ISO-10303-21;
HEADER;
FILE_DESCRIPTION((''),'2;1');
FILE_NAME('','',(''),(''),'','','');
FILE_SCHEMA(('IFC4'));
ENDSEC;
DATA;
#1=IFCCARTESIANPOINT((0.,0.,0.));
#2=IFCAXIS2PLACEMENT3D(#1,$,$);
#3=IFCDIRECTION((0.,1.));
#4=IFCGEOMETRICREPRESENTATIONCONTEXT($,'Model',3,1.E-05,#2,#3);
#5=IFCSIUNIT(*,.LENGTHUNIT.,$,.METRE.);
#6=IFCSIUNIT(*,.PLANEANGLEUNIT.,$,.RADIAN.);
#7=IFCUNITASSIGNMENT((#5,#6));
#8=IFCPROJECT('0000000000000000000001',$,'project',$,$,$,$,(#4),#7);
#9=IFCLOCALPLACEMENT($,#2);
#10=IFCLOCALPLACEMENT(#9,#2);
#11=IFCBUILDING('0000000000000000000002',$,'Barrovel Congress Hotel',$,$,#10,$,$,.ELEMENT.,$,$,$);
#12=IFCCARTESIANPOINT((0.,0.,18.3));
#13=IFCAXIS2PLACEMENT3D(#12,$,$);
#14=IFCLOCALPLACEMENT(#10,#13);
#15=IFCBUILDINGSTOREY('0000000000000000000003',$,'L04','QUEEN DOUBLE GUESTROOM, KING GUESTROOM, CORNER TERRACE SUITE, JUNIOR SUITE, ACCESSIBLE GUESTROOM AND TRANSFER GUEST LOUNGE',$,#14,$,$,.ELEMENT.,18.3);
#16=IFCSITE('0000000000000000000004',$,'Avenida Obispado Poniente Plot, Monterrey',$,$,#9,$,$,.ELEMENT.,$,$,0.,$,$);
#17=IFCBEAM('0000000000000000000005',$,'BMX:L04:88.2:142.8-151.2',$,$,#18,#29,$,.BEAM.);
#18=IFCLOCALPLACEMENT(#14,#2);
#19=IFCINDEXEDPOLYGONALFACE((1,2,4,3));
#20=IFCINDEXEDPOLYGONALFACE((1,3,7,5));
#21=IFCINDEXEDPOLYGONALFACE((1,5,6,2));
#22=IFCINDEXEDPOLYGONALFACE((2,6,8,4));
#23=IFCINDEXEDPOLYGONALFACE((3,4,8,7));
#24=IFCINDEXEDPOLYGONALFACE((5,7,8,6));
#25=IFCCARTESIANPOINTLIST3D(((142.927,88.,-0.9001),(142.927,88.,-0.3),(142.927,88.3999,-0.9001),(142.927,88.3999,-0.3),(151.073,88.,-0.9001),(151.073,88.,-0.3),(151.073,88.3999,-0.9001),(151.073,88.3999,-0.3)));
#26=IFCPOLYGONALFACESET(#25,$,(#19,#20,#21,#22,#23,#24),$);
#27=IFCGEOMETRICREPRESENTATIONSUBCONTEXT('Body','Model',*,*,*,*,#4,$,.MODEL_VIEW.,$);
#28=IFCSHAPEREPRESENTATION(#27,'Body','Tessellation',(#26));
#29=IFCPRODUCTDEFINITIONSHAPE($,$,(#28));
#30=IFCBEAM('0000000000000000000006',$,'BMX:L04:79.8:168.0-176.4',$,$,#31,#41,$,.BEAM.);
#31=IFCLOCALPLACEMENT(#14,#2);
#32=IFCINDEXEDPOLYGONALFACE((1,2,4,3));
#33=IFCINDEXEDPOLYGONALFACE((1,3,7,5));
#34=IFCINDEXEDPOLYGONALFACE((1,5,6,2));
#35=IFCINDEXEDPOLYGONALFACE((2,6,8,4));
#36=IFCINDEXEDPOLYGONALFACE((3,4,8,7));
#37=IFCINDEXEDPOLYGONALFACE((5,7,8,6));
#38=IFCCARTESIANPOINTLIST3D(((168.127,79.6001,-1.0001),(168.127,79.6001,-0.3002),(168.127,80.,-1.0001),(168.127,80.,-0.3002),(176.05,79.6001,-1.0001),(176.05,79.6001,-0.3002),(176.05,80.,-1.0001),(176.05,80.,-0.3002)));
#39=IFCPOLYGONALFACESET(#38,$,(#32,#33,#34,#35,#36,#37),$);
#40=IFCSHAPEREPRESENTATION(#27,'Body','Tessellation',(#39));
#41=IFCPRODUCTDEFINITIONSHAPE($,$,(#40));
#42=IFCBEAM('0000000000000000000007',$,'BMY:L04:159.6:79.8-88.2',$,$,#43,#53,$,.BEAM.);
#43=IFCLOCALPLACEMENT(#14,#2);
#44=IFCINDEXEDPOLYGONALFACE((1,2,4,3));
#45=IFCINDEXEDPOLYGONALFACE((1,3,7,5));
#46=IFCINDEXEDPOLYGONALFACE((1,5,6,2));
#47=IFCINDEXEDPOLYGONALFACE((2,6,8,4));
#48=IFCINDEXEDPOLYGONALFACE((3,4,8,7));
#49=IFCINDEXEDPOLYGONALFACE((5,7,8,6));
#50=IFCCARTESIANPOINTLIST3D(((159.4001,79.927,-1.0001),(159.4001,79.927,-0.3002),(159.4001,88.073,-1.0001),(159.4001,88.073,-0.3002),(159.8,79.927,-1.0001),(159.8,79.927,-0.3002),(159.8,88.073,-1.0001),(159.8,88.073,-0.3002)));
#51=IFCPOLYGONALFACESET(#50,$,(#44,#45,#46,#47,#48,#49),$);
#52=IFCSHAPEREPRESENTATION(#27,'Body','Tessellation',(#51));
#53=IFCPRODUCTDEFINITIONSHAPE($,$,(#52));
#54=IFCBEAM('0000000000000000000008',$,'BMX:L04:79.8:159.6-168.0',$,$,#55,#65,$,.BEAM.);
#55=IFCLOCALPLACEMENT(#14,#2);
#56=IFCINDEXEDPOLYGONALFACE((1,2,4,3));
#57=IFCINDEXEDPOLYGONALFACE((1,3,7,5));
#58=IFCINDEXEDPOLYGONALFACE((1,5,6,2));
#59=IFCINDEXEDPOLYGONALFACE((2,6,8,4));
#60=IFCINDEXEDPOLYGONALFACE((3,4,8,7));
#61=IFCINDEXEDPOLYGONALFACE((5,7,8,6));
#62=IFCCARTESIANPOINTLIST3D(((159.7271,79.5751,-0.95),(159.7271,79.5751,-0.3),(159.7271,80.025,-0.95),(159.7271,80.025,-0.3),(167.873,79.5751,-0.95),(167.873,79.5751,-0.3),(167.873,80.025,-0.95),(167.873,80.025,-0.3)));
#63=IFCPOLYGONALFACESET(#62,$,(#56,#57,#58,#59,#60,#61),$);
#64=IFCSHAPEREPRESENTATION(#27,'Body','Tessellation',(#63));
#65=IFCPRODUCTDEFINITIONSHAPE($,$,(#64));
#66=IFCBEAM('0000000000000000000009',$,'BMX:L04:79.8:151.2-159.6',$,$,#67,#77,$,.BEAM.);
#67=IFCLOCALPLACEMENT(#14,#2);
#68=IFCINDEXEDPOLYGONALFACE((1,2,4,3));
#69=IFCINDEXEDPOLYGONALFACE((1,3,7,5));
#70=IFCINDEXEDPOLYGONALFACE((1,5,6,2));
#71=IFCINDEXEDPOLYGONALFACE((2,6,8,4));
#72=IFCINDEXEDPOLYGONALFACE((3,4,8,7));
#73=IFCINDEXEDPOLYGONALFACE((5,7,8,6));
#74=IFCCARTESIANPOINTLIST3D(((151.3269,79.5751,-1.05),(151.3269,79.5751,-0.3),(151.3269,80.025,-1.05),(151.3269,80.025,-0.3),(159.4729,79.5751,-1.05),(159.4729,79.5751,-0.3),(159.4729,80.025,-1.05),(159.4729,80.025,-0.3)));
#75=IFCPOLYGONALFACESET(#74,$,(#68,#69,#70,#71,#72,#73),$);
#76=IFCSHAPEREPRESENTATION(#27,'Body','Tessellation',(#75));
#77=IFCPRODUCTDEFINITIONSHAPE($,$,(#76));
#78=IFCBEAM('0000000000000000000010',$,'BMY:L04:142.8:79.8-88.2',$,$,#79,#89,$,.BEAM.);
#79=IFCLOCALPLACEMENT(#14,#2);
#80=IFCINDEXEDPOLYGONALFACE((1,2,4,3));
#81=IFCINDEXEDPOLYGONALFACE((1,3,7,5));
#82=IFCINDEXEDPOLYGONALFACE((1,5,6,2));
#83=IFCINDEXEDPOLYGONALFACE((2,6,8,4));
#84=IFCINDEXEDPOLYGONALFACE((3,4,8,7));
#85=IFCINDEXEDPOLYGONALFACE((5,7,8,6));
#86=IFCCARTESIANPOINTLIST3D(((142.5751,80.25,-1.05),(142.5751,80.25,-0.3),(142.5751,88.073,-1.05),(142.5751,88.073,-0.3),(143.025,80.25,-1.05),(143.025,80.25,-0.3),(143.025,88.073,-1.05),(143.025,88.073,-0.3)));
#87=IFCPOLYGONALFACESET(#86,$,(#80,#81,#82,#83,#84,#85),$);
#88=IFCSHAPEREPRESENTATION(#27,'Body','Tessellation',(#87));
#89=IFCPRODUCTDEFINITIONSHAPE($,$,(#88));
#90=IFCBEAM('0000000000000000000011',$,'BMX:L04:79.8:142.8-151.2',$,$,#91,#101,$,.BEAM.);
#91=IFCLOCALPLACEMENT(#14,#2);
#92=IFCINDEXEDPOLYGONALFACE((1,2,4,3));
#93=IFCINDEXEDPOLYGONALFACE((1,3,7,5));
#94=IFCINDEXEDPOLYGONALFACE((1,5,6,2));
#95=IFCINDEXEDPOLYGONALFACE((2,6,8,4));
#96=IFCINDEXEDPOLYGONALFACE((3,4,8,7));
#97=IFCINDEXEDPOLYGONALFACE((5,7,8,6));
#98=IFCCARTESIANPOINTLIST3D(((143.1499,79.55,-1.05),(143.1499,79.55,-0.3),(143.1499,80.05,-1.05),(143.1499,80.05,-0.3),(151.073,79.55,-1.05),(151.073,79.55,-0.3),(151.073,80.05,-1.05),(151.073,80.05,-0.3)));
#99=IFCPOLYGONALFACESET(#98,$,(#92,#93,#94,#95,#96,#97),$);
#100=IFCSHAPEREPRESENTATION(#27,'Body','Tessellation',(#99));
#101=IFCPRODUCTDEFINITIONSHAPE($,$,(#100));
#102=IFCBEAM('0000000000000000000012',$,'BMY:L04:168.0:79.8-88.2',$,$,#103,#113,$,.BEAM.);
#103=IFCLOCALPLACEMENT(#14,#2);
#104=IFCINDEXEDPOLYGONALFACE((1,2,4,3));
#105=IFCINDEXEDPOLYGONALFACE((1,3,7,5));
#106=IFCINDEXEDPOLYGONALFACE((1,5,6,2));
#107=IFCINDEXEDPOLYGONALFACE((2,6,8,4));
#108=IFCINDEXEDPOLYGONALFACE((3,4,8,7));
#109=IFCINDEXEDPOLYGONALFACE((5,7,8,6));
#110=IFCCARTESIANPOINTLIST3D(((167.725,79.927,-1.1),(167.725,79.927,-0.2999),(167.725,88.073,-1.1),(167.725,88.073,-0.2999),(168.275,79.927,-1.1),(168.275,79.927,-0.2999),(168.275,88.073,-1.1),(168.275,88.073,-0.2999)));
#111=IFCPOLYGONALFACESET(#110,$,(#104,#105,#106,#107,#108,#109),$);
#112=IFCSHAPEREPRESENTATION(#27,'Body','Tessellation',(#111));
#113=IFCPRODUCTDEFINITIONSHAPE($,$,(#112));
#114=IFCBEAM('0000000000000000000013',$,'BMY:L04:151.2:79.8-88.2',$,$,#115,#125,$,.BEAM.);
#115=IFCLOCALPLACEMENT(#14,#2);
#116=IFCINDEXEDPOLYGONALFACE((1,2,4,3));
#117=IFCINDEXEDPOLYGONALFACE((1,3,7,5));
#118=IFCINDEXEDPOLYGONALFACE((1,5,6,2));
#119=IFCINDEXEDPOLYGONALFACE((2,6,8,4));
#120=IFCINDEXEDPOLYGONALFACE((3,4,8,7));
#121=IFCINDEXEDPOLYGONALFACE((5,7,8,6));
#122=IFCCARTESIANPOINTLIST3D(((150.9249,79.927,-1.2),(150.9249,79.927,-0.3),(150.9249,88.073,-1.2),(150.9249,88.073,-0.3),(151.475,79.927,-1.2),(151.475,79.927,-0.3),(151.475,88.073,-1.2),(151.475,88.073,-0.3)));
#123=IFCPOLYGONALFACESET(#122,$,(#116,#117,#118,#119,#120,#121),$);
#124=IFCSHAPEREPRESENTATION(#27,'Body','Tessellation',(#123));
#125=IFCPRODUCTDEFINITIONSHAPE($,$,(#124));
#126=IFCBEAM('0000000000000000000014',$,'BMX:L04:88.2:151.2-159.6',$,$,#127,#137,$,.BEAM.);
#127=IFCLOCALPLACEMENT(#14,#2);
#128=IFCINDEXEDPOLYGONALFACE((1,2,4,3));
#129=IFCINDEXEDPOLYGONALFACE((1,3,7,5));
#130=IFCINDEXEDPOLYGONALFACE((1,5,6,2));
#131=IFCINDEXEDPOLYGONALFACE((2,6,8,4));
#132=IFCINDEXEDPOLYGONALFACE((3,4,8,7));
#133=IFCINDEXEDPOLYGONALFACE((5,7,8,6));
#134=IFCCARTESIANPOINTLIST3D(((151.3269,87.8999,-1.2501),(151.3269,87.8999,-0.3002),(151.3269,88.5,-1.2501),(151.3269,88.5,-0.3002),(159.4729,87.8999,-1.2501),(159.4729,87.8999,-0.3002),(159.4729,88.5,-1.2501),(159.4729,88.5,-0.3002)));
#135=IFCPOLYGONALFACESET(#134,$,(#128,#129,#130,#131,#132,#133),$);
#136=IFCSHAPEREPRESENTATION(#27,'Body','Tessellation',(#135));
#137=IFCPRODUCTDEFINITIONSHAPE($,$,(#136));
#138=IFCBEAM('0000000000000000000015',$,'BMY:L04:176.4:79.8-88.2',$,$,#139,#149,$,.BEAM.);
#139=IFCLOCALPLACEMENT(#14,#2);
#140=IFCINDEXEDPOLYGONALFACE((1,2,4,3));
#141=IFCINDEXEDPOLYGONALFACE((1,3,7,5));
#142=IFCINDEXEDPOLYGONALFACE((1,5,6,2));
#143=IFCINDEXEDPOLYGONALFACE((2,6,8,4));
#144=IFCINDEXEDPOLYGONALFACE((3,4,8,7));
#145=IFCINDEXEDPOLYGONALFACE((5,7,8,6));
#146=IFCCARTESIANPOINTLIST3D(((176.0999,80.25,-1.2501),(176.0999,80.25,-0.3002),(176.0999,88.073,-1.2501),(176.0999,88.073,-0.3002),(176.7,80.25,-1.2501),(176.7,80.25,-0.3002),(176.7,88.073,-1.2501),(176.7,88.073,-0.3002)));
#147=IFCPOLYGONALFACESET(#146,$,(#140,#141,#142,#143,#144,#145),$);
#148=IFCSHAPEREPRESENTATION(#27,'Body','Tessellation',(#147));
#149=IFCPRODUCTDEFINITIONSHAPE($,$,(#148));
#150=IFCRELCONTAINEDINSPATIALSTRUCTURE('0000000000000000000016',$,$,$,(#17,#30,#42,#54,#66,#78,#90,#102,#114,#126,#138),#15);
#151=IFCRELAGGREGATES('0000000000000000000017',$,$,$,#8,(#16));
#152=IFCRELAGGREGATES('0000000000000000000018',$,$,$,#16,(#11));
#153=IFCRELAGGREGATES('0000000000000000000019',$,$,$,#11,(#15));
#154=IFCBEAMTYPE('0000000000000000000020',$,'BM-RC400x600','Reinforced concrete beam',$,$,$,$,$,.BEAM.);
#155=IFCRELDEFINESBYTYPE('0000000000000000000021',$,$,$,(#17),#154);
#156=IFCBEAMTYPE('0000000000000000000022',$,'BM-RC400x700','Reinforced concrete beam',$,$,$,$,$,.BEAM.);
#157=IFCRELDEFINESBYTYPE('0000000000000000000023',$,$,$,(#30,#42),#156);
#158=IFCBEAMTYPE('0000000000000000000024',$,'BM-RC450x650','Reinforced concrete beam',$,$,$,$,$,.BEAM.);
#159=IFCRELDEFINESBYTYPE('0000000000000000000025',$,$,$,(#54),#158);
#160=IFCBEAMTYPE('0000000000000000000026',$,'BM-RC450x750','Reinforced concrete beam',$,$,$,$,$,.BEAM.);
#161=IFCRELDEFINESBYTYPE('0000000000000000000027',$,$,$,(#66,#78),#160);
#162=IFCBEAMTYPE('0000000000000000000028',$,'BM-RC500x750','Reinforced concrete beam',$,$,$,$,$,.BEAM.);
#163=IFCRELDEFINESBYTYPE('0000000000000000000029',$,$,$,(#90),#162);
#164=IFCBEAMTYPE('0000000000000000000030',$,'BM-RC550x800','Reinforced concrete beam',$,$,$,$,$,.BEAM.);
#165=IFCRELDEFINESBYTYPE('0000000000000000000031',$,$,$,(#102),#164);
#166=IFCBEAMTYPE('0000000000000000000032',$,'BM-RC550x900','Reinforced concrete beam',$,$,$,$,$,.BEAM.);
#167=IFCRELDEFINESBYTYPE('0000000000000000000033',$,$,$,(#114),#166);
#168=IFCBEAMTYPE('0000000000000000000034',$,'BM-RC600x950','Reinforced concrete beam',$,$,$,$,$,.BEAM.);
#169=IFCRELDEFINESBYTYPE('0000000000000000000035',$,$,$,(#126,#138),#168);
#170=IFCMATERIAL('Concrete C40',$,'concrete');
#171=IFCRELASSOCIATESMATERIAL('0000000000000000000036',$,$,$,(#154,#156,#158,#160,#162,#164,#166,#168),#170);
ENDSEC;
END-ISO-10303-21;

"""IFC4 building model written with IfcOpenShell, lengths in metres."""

from ifc_helpers import new_model, si_unit, direction, frame, origin, origin_2d, place, context, subcontext, project, spatial, rectangle, extrude, material, material_profile, profile_set, type_object, element, save


model = new_model("IFC4")

# Units and contexts
model_context = context("Model", 3, precision=1e-05, world=origin(), true_north=direction((0.0, 1.0)))
body_context = subcontext(model_context, "Body", "Model", "MODEL_VIEW")
ifc_project = project(units=[si_unit("LENGTHUNIT", "METRE"), si_unit("PLANEANGLEUNIT", "RADIAN")], contexts=[model_context])

# Site, building, storey
site_placement = place(None, origin())
site = spatial("IfcSite", under=ifc_project, at=site_placement, Name="Avenida Obispado Poniente Plot, Monterrey", CompositionType="ELEMENT", RefElevation=0.0)
building_placement = place(site_placement, origin())
building = spatial("IfcBuilding", under=site, at=building_placement, Name="Barrovel Congress Hotel", CompositionType="ELEMENT")
storey_placement = place(building_placement, frame((0.0, 0.0, 18.3)))
storey = spatial("IfcBuildingStorey", under=building, at=storey_placement, Name="L04", Description="QUEEN DOUBLE GUESTROOM, KING GUESTROOM, CORNER TERRACE SUITE, JUNIOR SUITE, ACCESSIBLE GUESTROOM AND TRANSFER GUEST LOUNGE", CompositionType="ELEMENT", Elevation=18.3)

# Beams
ifc_material_1 = material(Name="Concrete C40", Category="concrete")
ifc_material_profile_1 = material_profile(ifc_material_1, rectangle(XDim=0.3999, YDim=0.6001, at=origin_2d()), Name="RC400x600")
ifc_profile_set_1 = profile_set([ifc_material_profile_1], Name="Concrete C40")
beam_type_1 = type_object("IfcBeamType", Name="BM-RC400x600", Description="Reinforced concrete beam", PredefinedType="BEAM", material=ifc_profile_set_1)
beam_1_placement = place(storey_placement, frame((142.927, 88.2, -0.6001), z_axis=(1.0, 0.0, 0.0), x_axis=(0.0, 1.0, 0.0)))
element("IfcBeam", 1, at=beam_1_placement, inside=storey, type_object=beam_type_1, Name="BMX:L04:88.2:142.8-151.2", PredefinedType="BEAM", context=body_context, shape_type="SweptSolid", body=[
    extrude(rectangle(XDim=0.3999, YDim=0.6001, at=origin_2d()), origin(), (0.0, 0.0, 1.0), 8.146),
])
ifc_material_profile_2 = material_profile(ifc_material_1, rectangle(XDim=0.3999, YDim=0.7, at=origin_2d()), Name="RC400x700")
ifc_profile_set_2 = profile_set([ifc_material_profile_2], Name="Concrete C40")
beam_type_2 = type_object("IfcBeamType", Name="BM-RC400x700", Description="Reinforced concrete beam", PredefinedType="BEAM", material=ifc_profile_set_2)
beam_2_placement = place(storey_placement, frame((168.127, 79.8, -0.6501), z_axis=(1.0, 0.0, 0.0), x_axis=(0.0, 1.0, 0.0)))
element("IfcBeam", 2, at=beam_2_placement, inside=storey, type_object=beam_type_2, Name="BMX:L04:79.8:168.0-176.4", PredefinedType="BEAM", context=body_context, shape_type="SweptSolid", body=[
    extrude(rectangle(XDim=0.3999, YDim=0.7, at=origin_2d()), origin(), (0.0, 0.0, 1.0), 7.9231),
])
beam_3_placement = place(storey_placement, frame((159.6001, 79.927, -0.6501), z_axis=(0.0, 1.0, 0.0), x_axis=(-1.0, 0.0, 0.0)))
element("IfcBeam", 3, at=beam_3_placement, inside=storey, type_object=beam_type_2, Name="BMY:L04:159.6:79.8-88.2", PredefinedType="BEAM", context=body_context, shape_type="SweptSolid", body=[
    extrude(rectangle(XDim=0.3999, YDim=0.7, at=origin_2d()), origin(), (0.0, 0.0, 1.0), 8.146),
])
ifc_material_profile_3 = material_profile(ifc_material_1, rectangle(XDim=0.45, YDim=0.6499, at=origin_2d()), Name="RC450x650")
ifc_profile_set_3 = profile_set([ifc_material_profile_3], Name="Concrete C40")
beam_type_3 = type_object("IfcBeamType", Name="BM-RC450x650", Description="Reinforced concrete beam", PredefinedType="BEAM", material=ifc_profile_set_3)
beam_4_placement = place(storey_placement, frame((159.7271, 79.8, -0.625), z_axis=(1.0, 0.0, 0.0), x_axis=(0.0, 1.0, 0.0)))
element("IfcBeam", 4, at=beam_4_placement, inside=storey, type_object=beam_type_3, Name="BMX:L04:79.8:159.6-168.0", PredefinedType="BEAM", context=body_context, shape_type="SweptSolid", body=[
    extrude(rectangle(XDim=0.45, YDim=0.6499, at=origin_2d()), origin(), (0.0, 0.0, 1.0), 8.146),
])
ifc_material_profile_4 = material_profile(ifc_material_1, rectangle(XDim=0.45, YDim=0.75, at=origin_2d()), Name="RC450x750")
ifc_profile_set_4 = profile_set([ifc_material_profile_4], Name="Concrete C40")
beam_type_4 = type_object("IfcBeamType", Name="BM-RC450x750", Description="Reinforced concrete beam", PredefinedType="BEAM", material=ifc_profile_set_4)
beam_5_placement = place(storey_placement, frame((151.3269, 79.8, -0.675), z_axis=(1.0, 0.0, 0.0), x_axis=(0.0, 1.0, 0.0)))
element("IfcBeam", 5, at=beam_5_placement, inside=storey, type_object=beam_type_4, Name="BMX:L04:79.8:151.2-159.6", PredefinedType="BEAM", context=body_context, shape_type="SweptSolid", body=[
    extrude(rectangle(XDim=0.45, YDim=0.75, at=origin_2d()), origin(), (0.0, 0.0, 1.0), 8.146),
])
beam_6_placement = place(storey_placement, frame((142.8, 80.25, -0.675), z_axis=(0.0, 1.0, 0.0), x_axis=(-1.0, 0.0, 0.0)))
element("IfcBeam", 6, at=beam_6_placement, inside=storey, type_object=beam_type_4, Name="BMY:L04:142.8:79.8-88.2", PredefinedType="BEAM", context=body_context, shape_type="SweptSolid", body=[
    extrude(rectangle(XDim=0.45, YDim=0.75, at=origin_2d()), origin(), (0.0, 0.0, 1.0), 7.823),
])
ifc_material_profile_5 = material_profile(ifc_material_1, rectangle(XDim=0.5, YDim=0.75, at=origin_2d()), Name="RC500x750")
ifc_profile_set_5 = profile_set([ifc_material_profile_5], Name="Concrete C40")
beam_type_5 = type_object("IfcBeamType", Name="BM-RC500x750", Description="Reinforced concrete beam", PredefinedType="BEAM", material=ifc_profile_set_5)
beam_7_placement = place(storey_placement, frame((143.1499, 79.8, -0.675), z_axis=(1.0, 0.0, 0.0), x_axis=(0.0, 1.0, 0.0)))
element("IfcBeam", 7, at=beam_7_placement, inside=storey, type_object=beam_type_5, Name="BMX:L04:79.8:142.8-151.2", PredefinedType="BEAM", context=body_context, shape_type="SweptSolid", body=[
    extrude(rectangle(XDim=0.5, YDim=0.75, at=origin_2d()), origin(), (0.0, 0.0, 1.0), 7.9231),
])
ifc_material_profile_6 = material_profile(ifc_material_1, rectangle(XDim=0.55, YDim=0.8, at=origin_2d()), Name="RC550x800")
ifc_profile_set_6 = profile_set([ifc_material_profile_6], Name="Concrete C40")
beam_type_6 = type_object("IfcBeamType", Name="BM-RC550x800", Description="Reinforced concrete beam", PredefinedType="BEAM", material=ifc_profile_set_6)
beam_8_placement = place(storey_placement, frame((168.0, 79.927, -0.7), z_axis=(0.0, 1.0, 0.0), x_axis=(-1.0, 0.0, 0.0)))
element("IfcBeam", 8, at=beam_8_placement, inside=storey, type_object=beam_type_6, Name="BMY:L04:168.0:79.8-88.2", PredefinedType="BEAM", context=body_context, shape_type="SweptSolid", body=[
    extrude(rectangle(XDim=0.55, YDim=0.8, at=origin_2d()), origin(), (0.0, 0.0, 1.0), 8.146),
])
ifc_material_profile_7 = material_profile(ifc_material_1, rectangle(XDim=0.55, YDim=0.8999, at=origin_2d()), Name="RC550x900")
ifc_profile_set_7 = profile_set([ifc_material_profile_7], Name="Concrete C40")
beam_type_7 = type_object("IfcBeamType", Name="BM-RC550x900", Description="Reinforced concrete beam", PredefinedType="BEAM", material=ifc_profile_set_7)
beam_9_placement = place(storey_placement, frame((151.2, 79.927, -0.75), z_axis=(0.0, 1.0, 0.0), x_axis=(-1.0, 0.0, 0.0)))
element("IfcBeam", 9, at=beam_9_placement, inside=storey, type_object=beam_type_7, Name="BMY:L04:151.2:79.8-88.2", PredefinedType="BEAM", context=body_context, shape_type="SweptSolid", body=[
    extrude(rectangle(XDim=0.55, YDim=0.8999, at=origin_2d()), origin(), (0.0, 0.0, 1.0), 8.146),
])
ifc_material_profile_8 = material_profile(ifc_material_1, rectangle(XDim=0.6001, YDim=0.95, at=origin_2d()), Name="RC600x950")
ifc_profile_set_8 = profile_set([ifc_material_profile_8], Name="Concrete C40")
beam_type_8 = type_object("IfcBeamType", Name="BM-RC600x950", Description="Reinforced concrete beam", PredefinedType="BEAM", material=ifc_profile_set_8)
beam_10_placement = place(storey_placement, frame((151.3269, 88.2, -0.7751), z_axis=(1.0, 0.0, 0.0), x_axis=(0.0, 1.0, 0.0)))
element("IfcBeam", 10, at=beam_10_placement, inside=storey, type_object=beam_type_8, Name="BMX:L04:88.2:151.2-159.6", PredefinedType="BEAM", context=body_context, shape_type="SweptSolid", body=[
    extrude(rectangle(XDim=0.6001, YDim=0.95, at=origin_2d()), origin(), (0.0, 0.0, 1.0), 8.146),
])
beam_11_placement = place(storey_placement, frame((176.3999, 80.25, -0.7751), z_axis=(0.0, 1.0, 0.0), x_axis=(-1.0, 0.0, 0.0)))
element("IfcBeam", 11, at=beam_11_placement, inside=storey, type_object=beam_type_8, Name="BMY:L04:176.4:79.8-88.2", PredefinedType="BEAM", context=body_context, shape_type="SweptSolid", body=[
    extrude(rectangle(XDim=0.6001, YDim=0.95, at=origin_2d()), origin(), (0.0, 0.0, 1.0), 7.823),
])

save(model, "model.ifc")
